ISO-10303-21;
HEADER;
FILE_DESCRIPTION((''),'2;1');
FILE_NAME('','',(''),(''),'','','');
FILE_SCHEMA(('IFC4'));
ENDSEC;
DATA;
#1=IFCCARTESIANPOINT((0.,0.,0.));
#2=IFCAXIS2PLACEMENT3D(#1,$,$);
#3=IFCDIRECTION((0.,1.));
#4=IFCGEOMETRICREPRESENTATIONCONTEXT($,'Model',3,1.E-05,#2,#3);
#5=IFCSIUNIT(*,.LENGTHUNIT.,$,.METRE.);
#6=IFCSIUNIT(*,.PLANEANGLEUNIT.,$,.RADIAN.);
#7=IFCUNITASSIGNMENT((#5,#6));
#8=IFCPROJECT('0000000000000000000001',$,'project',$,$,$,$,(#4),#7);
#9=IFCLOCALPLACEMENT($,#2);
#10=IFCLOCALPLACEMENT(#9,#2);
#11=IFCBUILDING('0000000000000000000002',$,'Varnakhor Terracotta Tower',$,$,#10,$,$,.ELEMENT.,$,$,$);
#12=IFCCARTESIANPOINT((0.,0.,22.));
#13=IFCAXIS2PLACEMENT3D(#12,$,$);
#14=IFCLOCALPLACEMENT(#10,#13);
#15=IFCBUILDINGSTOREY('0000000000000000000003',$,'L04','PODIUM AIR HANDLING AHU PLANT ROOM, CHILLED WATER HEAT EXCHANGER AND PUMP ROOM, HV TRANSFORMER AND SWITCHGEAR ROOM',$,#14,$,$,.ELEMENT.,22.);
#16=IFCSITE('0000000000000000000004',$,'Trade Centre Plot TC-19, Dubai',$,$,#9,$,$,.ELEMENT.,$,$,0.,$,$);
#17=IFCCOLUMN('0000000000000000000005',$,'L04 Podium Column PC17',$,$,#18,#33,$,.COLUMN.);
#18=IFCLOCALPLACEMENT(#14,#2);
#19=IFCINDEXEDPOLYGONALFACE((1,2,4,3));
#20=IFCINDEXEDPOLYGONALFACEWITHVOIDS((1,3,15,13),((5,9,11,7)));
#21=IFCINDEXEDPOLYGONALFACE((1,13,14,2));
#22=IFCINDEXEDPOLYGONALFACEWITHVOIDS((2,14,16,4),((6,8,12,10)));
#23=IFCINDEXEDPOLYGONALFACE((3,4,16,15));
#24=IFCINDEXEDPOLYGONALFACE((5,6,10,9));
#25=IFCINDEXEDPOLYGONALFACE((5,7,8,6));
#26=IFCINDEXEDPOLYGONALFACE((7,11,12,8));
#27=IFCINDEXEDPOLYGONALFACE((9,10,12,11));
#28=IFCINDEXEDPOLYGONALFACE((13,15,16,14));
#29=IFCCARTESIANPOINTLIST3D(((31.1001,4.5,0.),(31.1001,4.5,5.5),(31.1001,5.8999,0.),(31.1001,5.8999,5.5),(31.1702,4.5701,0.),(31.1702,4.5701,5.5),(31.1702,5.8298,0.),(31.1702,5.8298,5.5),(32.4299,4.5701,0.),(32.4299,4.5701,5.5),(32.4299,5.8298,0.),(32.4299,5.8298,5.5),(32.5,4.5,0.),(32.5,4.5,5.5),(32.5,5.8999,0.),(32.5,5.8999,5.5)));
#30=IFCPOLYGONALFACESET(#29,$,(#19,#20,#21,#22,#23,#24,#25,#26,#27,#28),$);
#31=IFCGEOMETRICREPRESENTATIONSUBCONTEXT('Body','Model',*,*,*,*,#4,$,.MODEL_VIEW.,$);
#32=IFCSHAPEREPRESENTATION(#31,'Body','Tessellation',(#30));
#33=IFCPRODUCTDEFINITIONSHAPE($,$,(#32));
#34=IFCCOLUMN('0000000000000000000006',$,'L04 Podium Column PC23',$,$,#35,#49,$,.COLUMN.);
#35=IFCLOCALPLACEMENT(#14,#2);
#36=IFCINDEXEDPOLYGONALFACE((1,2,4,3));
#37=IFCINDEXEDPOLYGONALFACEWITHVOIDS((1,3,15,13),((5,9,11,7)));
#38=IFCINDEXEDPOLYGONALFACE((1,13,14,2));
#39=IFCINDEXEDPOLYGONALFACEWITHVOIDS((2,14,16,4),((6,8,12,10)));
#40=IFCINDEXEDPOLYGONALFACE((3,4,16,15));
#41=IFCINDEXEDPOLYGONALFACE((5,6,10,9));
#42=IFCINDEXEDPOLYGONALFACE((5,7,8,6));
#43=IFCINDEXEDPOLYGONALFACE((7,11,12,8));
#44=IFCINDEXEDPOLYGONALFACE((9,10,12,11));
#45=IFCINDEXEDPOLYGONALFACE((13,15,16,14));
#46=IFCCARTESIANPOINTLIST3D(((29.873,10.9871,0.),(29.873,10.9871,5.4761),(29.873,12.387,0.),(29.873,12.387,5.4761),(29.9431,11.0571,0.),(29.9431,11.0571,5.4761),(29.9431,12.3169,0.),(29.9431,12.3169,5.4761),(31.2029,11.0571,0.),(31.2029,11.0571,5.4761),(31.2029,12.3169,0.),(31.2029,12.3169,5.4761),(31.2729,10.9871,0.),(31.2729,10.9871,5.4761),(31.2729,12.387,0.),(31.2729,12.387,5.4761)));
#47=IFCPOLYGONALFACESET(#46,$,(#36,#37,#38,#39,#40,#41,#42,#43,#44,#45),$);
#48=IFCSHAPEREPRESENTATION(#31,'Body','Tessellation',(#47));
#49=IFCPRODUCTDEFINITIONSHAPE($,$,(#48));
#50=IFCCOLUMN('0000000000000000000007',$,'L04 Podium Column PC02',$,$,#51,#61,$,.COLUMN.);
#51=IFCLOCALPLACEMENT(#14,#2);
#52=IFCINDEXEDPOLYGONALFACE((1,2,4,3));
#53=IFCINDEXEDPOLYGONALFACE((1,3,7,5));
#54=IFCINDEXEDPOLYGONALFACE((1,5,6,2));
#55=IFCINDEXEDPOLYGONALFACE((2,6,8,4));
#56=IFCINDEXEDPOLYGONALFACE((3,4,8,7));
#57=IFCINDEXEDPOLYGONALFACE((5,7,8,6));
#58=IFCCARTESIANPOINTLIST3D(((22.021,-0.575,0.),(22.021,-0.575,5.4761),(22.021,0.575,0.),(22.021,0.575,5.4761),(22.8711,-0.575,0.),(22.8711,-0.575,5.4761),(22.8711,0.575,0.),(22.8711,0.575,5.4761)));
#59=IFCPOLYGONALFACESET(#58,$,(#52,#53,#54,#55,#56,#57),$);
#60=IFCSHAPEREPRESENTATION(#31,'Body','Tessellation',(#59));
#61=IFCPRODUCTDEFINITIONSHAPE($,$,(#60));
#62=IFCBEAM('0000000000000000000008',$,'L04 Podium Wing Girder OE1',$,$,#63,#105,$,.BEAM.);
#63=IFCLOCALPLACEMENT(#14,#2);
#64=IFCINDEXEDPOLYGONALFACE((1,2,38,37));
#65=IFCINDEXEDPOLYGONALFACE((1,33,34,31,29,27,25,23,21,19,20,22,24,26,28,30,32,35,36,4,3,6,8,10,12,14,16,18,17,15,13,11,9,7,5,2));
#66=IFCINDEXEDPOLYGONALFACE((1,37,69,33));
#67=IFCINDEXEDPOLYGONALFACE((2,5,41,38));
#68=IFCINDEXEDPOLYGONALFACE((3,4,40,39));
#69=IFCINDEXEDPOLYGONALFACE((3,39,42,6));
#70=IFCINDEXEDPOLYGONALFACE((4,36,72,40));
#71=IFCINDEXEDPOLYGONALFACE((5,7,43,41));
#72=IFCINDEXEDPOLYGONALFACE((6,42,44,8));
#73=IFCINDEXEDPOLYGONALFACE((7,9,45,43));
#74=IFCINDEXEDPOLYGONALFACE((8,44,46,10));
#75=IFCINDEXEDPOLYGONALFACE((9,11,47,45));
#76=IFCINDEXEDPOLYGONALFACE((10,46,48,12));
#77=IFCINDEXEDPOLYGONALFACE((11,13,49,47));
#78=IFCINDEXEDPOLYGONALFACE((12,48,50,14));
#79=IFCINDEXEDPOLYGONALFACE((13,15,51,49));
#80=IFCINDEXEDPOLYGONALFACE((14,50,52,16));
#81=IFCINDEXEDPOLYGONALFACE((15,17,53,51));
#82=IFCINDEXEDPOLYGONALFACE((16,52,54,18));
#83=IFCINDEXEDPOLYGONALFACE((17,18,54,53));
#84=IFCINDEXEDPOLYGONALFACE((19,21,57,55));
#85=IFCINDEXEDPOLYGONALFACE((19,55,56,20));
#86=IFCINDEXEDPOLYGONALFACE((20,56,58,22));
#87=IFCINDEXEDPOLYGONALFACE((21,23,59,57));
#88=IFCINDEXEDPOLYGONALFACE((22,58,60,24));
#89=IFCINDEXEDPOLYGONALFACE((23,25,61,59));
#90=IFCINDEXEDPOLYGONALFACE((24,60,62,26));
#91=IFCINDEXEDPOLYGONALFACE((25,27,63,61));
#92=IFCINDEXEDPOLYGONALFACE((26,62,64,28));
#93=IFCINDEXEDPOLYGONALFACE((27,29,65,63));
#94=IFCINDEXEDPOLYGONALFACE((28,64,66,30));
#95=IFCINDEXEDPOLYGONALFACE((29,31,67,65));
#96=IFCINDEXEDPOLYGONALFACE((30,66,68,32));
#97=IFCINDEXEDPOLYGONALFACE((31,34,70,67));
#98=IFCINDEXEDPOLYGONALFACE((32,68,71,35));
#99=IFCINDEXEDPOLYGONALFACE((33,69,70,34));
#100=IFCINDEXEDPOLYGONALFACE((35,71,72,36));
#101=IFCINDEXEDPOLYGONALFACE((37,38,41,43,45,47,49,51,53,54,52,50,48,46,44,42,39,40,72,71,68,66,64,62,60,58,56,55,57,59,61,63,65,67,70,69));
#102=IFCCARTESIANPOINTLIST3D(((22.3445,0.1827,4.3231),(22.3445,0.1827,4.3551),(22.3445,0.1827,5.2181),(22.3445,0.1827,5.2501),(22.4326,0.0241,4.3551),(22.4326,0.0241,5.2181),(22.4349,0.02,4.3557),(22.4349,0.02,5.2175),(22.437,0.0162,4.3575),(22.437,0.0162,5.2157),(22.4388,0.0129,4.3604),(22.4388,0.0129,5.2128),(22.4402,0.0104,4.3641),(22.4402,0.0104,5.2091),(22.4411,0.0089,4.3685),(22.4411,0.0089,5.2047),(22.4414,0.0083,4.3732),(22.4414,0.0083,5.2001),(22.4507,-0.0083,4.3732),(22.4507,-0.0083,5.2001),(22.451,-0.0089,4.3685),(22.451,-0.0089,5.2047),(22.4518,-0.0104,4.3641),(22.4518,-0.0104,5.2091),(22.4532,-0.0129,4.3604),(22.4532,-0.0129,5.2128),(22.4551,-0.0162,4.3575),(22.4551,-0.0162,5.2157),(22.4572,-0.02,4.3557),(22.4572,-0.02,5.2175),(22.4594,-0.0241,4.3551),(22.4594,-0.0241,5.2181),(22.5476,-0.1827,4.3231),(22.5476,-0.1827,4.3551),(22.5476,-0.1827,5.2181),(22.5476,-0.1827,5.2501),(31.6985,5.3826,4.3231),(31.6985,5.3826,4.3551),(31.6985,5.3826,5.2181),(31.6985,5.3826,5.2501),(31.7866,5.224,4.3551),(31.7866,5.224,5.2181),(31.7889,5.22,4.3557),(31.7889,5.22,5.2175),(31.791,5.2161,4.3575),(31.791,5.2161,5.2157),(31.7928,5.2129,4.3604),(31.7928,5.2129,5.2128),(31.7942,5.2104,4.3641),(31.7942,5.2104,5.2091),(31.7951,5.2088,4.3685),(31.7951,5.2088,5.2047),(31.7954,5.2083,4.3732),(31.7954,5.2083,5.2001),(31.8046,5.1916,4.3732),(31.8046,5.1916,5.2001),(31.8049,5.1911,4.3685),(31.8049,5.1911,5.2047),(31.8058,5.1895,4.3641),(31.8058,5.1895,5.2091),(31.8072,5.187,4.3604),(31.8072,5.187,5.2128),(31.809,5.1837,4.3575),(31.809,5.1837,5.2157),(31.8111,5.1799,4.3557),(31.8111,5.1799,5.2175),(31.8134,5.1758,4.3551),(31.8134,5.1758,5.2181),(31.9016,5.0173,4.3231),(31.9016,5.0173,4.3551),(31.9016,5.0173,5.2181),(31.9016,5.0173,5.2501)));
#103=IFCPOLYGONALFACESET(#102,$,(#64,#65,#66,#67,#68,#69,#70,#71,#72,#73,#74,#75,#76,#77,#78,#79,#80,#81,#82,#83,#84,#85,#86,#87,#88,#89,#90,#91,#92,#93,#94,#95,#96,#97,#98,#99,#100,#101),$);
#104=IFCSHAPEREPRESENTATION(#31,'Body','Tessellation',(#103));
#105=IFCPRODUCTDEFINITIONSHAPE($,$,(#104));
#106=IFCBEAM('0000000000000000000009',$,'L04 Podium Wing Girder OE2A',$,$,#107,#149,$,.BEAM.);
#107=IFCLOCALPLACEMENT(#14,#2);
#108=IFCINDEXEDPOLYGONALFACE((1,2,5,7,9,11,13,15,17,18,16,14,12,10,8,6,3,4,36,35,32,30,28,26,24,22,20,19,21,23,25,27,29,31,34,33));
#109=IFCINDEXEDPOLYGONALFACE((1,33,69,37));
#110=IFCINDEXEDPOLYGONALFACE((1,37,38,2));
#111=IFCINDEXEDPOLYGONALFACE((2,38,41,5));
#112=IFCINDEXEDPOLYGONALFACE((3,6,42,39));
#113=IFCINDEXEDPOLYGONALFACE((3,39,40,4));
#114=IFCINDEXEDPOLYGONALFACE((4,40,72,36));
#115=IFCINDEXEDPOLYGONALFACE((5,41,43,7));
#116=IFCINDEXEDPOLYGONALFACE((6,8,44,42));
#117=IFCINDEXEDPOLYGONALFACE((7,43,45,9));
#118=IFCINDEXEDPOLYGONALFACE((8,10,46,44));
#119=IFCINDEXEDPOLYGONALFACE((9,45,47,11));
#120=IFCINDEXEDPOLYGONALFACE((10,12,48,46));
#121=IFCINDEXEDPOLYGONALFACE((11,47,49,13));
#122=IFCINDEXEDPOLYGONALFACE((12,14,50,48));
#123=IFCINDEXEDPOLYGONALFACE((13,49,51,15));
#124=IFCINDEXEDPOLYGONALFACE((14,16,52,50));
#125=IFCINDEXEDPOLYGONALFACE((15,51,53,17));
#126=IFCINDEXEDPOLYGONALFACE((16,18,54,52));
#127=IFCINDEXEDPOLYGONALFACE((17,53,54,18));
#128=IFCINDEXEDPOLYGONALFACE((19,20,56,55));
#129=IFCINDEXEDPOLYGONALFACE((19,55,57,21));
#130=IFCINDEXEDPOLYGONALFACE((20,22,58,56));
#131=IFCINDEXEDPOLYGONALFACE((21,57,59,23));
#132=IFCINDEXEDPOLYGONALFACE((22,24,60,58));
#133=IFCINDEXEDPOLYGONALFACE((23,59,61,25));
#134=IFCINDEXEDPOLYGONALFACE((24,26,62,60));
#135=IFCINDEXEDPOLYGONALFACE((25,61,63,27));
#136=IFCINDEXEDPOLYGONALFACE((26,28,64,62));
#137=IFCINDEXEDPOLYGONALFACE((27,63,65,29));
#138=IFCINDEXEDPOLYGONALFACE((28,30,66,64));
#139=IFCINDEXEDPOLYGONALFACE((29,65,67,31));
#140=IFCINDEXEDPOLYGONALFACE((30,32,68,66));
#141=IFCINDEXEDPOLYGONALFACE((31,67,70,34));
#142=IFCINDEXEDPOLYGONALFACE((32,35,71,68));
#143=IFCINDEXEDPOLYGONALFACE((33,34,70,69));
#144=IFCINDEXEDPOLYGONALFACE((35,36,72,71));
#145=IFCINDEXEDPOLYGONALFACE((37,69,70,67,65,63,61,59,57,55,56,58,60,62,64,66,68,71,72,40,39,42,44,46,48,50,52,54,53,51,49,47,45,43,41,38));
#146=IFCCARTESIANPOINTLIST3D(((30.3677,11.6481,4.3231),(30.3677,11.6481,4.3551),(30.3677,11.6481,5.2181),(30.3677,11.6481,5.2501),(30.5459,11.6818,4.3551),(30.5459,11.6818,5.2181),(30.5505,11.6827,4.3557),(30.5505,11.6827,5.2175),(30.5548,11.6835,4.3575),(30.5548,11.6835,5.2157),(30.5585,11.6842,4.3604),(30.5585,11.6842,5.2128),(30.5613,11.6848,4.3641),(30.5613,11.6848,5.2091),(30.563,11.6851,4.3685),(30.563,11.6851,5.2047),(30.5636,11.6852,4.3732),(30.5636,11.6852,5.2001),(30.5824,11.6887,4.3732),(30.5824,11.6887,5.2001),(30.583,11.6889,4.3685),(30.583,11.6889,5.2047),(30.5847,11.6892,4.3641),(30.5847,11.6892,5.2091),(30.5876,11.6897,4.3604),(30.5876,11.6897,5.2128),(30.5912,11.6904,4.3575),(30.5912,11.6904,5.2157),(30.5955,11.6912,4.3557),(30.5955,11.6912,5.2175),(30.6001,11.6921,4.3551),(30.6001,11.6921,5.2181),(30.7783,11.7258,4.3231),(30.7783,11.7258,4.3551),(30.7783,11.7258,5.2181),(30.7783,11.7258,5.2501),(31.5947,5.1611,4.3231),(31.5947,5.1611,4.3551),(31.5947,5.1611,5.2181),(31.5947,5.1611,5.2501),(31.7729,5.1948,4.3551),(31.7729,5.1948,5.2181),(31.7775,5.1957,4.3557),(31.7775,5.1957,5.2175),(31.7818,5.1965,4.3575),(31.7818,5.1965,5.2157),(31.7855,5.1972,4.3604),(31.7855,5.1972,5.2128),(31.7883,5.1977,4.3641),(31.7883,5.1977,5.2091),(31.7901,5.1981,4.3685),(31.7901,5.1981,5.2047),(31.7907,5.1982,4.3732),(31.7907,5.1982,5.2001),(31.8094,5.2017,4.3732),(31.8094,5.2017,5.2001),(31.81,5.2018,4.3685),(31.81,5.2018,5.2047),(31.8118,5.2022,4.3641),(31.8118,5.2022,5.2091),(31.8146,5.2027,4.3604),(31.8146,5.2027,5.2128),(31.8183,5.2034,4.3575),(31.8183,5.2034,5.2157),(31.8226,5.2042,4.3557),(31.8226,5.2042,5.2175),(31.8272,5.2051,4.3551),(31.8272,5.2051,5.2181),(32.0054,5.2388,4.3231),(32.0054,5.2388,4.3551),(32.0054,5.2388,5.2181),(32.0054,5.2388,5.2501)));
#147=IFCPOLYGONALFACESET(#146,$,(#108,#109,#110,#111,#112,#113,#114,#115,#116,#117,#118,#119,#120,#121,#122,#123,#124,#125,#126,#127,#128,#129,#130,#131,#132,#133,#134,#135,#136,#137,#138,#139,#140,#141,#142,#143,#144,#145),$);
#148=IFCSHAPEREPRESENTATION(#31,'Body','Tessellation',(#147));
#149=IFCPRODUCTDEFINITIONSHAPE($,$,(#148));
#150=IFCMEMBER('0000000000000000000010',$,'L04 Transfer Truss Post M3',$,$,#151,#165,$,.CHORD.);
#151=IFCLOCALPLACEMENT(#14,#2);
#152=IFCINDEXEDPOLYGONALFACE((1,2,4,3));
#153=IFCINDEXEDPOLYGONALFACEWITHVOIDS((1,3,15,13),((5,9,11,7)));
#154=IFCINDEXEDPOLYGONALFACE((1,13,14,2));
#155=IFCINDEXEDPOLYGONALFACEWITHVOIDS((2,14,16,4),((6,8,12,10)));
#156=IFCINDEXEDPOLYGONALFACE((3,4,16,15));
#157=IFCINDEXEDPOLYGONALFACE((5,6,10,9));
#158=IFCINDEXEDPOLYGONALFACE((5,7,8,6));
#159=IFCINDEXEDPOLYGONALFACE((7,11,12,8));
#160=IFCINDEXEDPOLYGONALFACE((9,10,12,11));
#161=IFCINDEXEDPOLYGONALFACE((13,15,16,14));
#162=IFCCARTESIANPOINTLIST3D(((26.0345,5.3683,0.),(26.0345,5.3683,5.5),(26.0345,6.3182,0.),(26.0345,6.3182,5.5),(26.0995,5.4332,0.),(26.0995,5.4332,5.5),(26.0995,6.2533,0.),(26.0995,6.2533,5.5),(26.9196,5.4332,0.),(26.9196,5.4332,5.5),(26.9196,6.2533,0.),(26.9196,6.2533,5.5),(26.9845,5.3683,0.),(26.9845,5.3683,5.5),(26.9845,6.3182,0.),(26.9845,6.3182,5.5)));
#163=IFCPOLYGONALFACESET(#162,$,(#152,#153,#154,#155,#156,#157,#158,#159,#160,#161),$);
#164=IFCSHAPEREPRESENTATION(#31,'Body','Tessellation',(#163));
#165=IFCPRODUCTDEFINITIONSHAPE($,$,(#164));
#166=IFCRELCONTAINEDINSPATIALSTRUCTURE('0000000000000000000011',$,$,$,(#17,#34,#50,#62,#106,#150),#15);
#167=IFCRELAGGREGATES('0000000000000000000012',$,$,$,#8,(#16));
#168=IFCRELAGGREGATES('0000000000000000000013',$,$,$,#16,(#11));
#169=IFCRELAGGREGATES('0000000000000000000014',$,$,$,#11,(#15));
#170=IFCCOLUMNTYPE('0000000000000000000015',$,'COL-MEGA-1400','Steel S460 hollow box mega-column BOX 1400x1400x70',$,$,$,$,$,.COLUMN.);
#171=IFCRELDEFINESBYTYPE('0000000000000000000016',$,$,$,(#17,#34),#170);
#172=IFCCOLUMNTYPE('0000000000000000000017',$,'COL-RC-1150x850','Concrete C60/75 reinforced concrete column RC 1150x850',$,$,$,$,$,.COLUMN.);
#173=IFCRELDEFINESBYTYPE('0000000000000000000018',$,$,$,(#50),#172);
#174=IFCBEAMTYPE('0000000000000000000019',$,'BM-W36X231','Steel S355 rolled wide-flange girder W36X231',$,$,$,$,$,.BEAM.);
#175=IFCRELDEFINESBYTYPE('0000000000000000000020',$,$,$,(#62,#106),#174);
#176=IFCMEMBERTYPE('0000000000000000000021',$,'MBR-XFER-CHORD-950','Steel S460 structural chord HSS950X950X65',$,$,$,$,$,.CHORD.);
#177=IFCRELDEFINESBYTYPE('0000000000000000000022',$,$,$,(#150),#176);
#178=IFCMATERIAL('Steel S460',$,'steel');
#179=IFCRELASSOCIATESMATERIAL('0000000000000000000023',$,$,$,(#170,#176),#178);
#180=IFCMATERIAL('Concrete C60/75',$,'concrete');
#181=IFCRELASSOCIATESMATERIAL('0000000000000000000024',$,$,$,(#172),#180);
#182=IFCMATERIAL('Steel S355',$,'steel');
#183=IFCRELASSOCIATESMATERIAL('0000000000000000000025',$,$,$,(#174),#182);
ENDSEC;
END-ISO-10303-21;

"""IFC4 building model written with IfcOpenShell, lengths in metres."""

from ifc_helpers import new_model, si_unit, direction, frame, origin, origin_2d, place, context, subcontext, project, spatial, rectangle, hollow_rectangle, i_section, extrude, source, transform, mapped, material, material_profile, profile_set, type_object, type_shapes, element, save


model = new_model("IFC4")

# Units and contexts
model_context = context("Model", 3, precision=1e-05, world=origin(), true_north=direction((0.0, 1.0)))
body_context = subcontext(model_context, "Body", "Model", "MODEL_VIEW")
ifc_project = project(units=[si_unit("LENGTHUNIT", "METRE"), si_unit("PLANEANGLEUNIT", "RADIAN")], contexts=[model_context])

# Site, building, storey
site_placement = place(None, origin())
site = spatial("IfcSite", under=ifc_project, at=site_placement, Name="Trade Centre Plot TC-19, Dubai", CompositionType="ELEMENT", RefElevation=0.0)
building_placement = place(site_placement, origin())
building = spatial("IfcBuilding", under=site, at=building_placement, Name="Varnakhor Terracotta Tower", CompositionType="ELEMENT")
storey_placement = place(building_placement, frame((0.0, 0.0, 22.0)))
storey = spatial("IfcBuildingStorey", under=building, at=storey_placement, Name="L04", Description="PODIUM AIR HANDLING AHU PLANT ROOM, CHILLED WATER HEAT EXCHANGER AND PUMP ROOM, HV TRANSFORMER AND SWITCHGEAR ROOM", CompositionType="ELEMENT", Elevation=22.0)

# Columns
ifc_material_1 = material(Name="Steel S460", Category="steel")
ifc_material_profile_1 = material_profile(ifc_material_1, hollow_rectangle(XDim=1.3999, YDim=1.3999, WallThickness=0.0701, at=origin_2d()), Name="BOX 1400x1400x70")
ifc_profile_set_1 = profile_set([ifc_material_profile_1], Name="Steel S460")
column_type_1 = type_object("IfcColumnType", Name="COL-MEGA-1400", Description="Steel S460 hollow box mega-column BOX 1400x1400x70", PredefinedType="COLUMN", material=ifc_profile_set_1)
shared_shape_1 = source(origin(), body_context, "Body", "SweptSolid", [
    extrude(hollow_rectangle(XDim=1.3999, YDim=1.3999, WallThickness=0.0701, at=origin_2d()), origin(), (0.0, 0.0, 1.0), 5.5),
])
column_1_placement = place(storey_placement, frame((31.8, 5.2, 0.0), z_axis=(0.0, 0.0, 1.0), x_axis=(1.0, 0.0, 0.0)))
element("IfcColumn", 1, at=column_1_placement, inside=storey, type_object=column_type_1, Name="L04 Podium Column PC17", PredefinedType="COLUMN", context=body_context, shape_type="MappedRepresentation", body=[
    mapped(shared_shape_1, transform((0.0, 0.0, 0.0), scale=1.0)),
])
shared_shape_2 = source(origin(), body_context, "Body", "SweptSolid", [
    extrude(hollow_rectangle(XDim=1.3999, YDim=1.3999, WallThickness=0.0701, at=origin_2d()), origin(), (0.0, 0.0, 1.0), 5.4761),
])
column_2_placement = place(storey_placement, frame((30.573, 11.687, 0.0), z_axis=(0.0, 0.0, 1.0), x_axis=(1.0, 0.0, 0.0)))
element("IfcColumn", 2, at=column_2_placement, inside=storey, type_object=column_type_1, Name="L04 Podium Column PC23", PredefinedType="COLUMN", context=body_context, shape_type="MappedRepresentation", body=[
    mapped(shared_shape_2, transform((0.0, 0.0, 0.0), scale=1.0)),
])
ifc_material_2 = material(Name="Concrete C60/75", Category="concrete")
ifc_material_profile_2 = material_profile(ifc_material_2, rectangle(XDim=0.8501, YDim=1.1499, at=origin_2d()), Name="RC 1150x850")
ifc_profile_set_2 = profile_set([ifc_material_profile_2], Name="Concrete C60/75")
column_type_2 = type_object("IfcColumnType", Name="COL-RC-1150x850", Description="Concrete C60/75 reinforced concrete column RC 1150x850", PredefinedType="COLUMN", material=ifc_profile_set_2)
shared_shape_3 = source(origin(), body_context, "Body", "SweptSolid", [
    extrude(rectangle(XDim=0.8501, YDim=1.1499, at=origin_2d()), origin(), (0.0, 0.0, 1.0), 5.4761),
])
column_3_placement = place(storey_placement, frame((22.446, 0.0, 0.0), z_axis=(0.0, 0.0, 1.0), x_axis=(1.0, 0.0, 0.0)))
element("IfcColumn", 3, at=column_3_placement, inside=storey, type_object=column_type_2, Name="L04 Podium Column PC02", PredefinedType="COLUMN", context=body_context, shape_type="MappedRepresentation", body=[
    mapped(shared_shape_3, transform((0.0, 0.0, 0.0), scale=1.0)),
])

# Beams
ifc_material_3 = material(Name="Steel S355", Category="steel")
ifc_material_profile_3 = material_profile(ifc_material_3, i_section(OverallWidth=0.418, OverallDepth=0.927, WebThickness=0.019, FlangeThickness=0.032, FilletRadius=0.0181, at=origin_2d()), Name="W36X231")
ifc_profile_set_3 = profile_set([ifc_material_profile_3], Name="Steel S355")
beam_type_1 = type_object("IfcBeamType", Name="BM-W36X231", Description="Steel S355 rolled wide-flange girder W36X231", PredefinedType="BEAM", material=ifc_profile_set_3)
shared_shape_4 = source(origin(), body_context, "Body", "SweptSolid", [
    extrude(i_section(OverallWidth=0.418, OverallDepth=0.927, WebThickness=0.019, FlangeThickness=0.032, FilletRadius=0.0181, at=origin_2d()), origin(), (0.0, 0.0, 1.0), 10.7021),
])
beam_1_placement = place(storey_placement, frame((22.446, 0.0, 4.7866), z_axis=(0.874027, 0.485877, 0.0), x_axis=(-0.485877, 0.874027, 0.0)))
element("IfcBeam", 4, at=beam_1_placement, inside=storey, type_object=beam_type_1, Name="L04 Podium Wing Girder OE1", PredefinedType="BEAM", context=body_context, shape_type="MappedRepresentation", body=[
    mapped(shared_shape_4, transform((0.0, 0.0, 0.0), scale=1.0)),
])
shared_shape_5 = source(origin(), body_context, "Body", "SweptSolid", [
    extrude(i_section(OverallWidth=0.418, OverallDepth=0.927, WebThickness=0.019, FlangeThickness=0.032, FilletRadius=0.0181, at=origin_2d()), origin(), (0.0, 0.0, 1.0), 6.6021),
])
beam_2_placement = place(storey_placement, frame((31.8, 5.2, 4.7866), z_axis=(-0.185858, 0.982577, 0.0), x_axis=(-0.982577, -0.185858, 0.0)))
element("IfcBeam", 5, at=beam_2_placement, inside=storey, type_object=beam_type_1, Name="L04 Podium Wing Girder OE2A", PredefinedType="BEAM", context=body_context, shape_type="MappedRepresentation", body=[
    mapped(shared_shape_5, transform((0.0, 0.0, 0.0), scale=1.0)),
])

# Member
ifc_material_profile_4 = material_profile(ifc_material_1, hollow_rectangle(XDim=0.95, YDim=0.95, WallThickness=0.0649, at=origin_2d()), Name="HSS950X950X65")
ifc_profile_set_4 = profile_set([ifc_material_profile_4], Name="Steel S460")
member_type_1 = type_object("IfcMemberType", Name="MBR-XFER-CHORD-950", Description="Steel S460 structural chord HSS950X950X65", PredefinedType="CHORD", material=ifc_profile_set_4)
shared_shape_6 = source(origin(), body_context, "Body", "SweptSolid", [
    extrude(hollow_rectangle(XDim=0.95, YDim=0.95, WallThickness=0.0649, at=origin_2d()), origin(), (0.0, 0.0, 1.0), 5.5),
])
type_shapes(member_type_1, [shared_shape_6])
member_1_placement = place(storey_placement, frame((26.5095, 5.8433, 0.0), z_axis=(0.0, 0.0, 1.0), x_axis=(1.0, 0.0, 0.0)))
element("IfcMember", 6, at=member_1_placement, inside=storey, type_object=member_type_1, Name="L04 Transfer Truss Post M3", PredefinedType="CHORD", context=body_context, shape_type="MappedRepresentation", body=[
    mapped(shared_shape_6, transform((0.0, 0.0, 0.0), scale=1.0)),
])

save(model, "model.ifc")
